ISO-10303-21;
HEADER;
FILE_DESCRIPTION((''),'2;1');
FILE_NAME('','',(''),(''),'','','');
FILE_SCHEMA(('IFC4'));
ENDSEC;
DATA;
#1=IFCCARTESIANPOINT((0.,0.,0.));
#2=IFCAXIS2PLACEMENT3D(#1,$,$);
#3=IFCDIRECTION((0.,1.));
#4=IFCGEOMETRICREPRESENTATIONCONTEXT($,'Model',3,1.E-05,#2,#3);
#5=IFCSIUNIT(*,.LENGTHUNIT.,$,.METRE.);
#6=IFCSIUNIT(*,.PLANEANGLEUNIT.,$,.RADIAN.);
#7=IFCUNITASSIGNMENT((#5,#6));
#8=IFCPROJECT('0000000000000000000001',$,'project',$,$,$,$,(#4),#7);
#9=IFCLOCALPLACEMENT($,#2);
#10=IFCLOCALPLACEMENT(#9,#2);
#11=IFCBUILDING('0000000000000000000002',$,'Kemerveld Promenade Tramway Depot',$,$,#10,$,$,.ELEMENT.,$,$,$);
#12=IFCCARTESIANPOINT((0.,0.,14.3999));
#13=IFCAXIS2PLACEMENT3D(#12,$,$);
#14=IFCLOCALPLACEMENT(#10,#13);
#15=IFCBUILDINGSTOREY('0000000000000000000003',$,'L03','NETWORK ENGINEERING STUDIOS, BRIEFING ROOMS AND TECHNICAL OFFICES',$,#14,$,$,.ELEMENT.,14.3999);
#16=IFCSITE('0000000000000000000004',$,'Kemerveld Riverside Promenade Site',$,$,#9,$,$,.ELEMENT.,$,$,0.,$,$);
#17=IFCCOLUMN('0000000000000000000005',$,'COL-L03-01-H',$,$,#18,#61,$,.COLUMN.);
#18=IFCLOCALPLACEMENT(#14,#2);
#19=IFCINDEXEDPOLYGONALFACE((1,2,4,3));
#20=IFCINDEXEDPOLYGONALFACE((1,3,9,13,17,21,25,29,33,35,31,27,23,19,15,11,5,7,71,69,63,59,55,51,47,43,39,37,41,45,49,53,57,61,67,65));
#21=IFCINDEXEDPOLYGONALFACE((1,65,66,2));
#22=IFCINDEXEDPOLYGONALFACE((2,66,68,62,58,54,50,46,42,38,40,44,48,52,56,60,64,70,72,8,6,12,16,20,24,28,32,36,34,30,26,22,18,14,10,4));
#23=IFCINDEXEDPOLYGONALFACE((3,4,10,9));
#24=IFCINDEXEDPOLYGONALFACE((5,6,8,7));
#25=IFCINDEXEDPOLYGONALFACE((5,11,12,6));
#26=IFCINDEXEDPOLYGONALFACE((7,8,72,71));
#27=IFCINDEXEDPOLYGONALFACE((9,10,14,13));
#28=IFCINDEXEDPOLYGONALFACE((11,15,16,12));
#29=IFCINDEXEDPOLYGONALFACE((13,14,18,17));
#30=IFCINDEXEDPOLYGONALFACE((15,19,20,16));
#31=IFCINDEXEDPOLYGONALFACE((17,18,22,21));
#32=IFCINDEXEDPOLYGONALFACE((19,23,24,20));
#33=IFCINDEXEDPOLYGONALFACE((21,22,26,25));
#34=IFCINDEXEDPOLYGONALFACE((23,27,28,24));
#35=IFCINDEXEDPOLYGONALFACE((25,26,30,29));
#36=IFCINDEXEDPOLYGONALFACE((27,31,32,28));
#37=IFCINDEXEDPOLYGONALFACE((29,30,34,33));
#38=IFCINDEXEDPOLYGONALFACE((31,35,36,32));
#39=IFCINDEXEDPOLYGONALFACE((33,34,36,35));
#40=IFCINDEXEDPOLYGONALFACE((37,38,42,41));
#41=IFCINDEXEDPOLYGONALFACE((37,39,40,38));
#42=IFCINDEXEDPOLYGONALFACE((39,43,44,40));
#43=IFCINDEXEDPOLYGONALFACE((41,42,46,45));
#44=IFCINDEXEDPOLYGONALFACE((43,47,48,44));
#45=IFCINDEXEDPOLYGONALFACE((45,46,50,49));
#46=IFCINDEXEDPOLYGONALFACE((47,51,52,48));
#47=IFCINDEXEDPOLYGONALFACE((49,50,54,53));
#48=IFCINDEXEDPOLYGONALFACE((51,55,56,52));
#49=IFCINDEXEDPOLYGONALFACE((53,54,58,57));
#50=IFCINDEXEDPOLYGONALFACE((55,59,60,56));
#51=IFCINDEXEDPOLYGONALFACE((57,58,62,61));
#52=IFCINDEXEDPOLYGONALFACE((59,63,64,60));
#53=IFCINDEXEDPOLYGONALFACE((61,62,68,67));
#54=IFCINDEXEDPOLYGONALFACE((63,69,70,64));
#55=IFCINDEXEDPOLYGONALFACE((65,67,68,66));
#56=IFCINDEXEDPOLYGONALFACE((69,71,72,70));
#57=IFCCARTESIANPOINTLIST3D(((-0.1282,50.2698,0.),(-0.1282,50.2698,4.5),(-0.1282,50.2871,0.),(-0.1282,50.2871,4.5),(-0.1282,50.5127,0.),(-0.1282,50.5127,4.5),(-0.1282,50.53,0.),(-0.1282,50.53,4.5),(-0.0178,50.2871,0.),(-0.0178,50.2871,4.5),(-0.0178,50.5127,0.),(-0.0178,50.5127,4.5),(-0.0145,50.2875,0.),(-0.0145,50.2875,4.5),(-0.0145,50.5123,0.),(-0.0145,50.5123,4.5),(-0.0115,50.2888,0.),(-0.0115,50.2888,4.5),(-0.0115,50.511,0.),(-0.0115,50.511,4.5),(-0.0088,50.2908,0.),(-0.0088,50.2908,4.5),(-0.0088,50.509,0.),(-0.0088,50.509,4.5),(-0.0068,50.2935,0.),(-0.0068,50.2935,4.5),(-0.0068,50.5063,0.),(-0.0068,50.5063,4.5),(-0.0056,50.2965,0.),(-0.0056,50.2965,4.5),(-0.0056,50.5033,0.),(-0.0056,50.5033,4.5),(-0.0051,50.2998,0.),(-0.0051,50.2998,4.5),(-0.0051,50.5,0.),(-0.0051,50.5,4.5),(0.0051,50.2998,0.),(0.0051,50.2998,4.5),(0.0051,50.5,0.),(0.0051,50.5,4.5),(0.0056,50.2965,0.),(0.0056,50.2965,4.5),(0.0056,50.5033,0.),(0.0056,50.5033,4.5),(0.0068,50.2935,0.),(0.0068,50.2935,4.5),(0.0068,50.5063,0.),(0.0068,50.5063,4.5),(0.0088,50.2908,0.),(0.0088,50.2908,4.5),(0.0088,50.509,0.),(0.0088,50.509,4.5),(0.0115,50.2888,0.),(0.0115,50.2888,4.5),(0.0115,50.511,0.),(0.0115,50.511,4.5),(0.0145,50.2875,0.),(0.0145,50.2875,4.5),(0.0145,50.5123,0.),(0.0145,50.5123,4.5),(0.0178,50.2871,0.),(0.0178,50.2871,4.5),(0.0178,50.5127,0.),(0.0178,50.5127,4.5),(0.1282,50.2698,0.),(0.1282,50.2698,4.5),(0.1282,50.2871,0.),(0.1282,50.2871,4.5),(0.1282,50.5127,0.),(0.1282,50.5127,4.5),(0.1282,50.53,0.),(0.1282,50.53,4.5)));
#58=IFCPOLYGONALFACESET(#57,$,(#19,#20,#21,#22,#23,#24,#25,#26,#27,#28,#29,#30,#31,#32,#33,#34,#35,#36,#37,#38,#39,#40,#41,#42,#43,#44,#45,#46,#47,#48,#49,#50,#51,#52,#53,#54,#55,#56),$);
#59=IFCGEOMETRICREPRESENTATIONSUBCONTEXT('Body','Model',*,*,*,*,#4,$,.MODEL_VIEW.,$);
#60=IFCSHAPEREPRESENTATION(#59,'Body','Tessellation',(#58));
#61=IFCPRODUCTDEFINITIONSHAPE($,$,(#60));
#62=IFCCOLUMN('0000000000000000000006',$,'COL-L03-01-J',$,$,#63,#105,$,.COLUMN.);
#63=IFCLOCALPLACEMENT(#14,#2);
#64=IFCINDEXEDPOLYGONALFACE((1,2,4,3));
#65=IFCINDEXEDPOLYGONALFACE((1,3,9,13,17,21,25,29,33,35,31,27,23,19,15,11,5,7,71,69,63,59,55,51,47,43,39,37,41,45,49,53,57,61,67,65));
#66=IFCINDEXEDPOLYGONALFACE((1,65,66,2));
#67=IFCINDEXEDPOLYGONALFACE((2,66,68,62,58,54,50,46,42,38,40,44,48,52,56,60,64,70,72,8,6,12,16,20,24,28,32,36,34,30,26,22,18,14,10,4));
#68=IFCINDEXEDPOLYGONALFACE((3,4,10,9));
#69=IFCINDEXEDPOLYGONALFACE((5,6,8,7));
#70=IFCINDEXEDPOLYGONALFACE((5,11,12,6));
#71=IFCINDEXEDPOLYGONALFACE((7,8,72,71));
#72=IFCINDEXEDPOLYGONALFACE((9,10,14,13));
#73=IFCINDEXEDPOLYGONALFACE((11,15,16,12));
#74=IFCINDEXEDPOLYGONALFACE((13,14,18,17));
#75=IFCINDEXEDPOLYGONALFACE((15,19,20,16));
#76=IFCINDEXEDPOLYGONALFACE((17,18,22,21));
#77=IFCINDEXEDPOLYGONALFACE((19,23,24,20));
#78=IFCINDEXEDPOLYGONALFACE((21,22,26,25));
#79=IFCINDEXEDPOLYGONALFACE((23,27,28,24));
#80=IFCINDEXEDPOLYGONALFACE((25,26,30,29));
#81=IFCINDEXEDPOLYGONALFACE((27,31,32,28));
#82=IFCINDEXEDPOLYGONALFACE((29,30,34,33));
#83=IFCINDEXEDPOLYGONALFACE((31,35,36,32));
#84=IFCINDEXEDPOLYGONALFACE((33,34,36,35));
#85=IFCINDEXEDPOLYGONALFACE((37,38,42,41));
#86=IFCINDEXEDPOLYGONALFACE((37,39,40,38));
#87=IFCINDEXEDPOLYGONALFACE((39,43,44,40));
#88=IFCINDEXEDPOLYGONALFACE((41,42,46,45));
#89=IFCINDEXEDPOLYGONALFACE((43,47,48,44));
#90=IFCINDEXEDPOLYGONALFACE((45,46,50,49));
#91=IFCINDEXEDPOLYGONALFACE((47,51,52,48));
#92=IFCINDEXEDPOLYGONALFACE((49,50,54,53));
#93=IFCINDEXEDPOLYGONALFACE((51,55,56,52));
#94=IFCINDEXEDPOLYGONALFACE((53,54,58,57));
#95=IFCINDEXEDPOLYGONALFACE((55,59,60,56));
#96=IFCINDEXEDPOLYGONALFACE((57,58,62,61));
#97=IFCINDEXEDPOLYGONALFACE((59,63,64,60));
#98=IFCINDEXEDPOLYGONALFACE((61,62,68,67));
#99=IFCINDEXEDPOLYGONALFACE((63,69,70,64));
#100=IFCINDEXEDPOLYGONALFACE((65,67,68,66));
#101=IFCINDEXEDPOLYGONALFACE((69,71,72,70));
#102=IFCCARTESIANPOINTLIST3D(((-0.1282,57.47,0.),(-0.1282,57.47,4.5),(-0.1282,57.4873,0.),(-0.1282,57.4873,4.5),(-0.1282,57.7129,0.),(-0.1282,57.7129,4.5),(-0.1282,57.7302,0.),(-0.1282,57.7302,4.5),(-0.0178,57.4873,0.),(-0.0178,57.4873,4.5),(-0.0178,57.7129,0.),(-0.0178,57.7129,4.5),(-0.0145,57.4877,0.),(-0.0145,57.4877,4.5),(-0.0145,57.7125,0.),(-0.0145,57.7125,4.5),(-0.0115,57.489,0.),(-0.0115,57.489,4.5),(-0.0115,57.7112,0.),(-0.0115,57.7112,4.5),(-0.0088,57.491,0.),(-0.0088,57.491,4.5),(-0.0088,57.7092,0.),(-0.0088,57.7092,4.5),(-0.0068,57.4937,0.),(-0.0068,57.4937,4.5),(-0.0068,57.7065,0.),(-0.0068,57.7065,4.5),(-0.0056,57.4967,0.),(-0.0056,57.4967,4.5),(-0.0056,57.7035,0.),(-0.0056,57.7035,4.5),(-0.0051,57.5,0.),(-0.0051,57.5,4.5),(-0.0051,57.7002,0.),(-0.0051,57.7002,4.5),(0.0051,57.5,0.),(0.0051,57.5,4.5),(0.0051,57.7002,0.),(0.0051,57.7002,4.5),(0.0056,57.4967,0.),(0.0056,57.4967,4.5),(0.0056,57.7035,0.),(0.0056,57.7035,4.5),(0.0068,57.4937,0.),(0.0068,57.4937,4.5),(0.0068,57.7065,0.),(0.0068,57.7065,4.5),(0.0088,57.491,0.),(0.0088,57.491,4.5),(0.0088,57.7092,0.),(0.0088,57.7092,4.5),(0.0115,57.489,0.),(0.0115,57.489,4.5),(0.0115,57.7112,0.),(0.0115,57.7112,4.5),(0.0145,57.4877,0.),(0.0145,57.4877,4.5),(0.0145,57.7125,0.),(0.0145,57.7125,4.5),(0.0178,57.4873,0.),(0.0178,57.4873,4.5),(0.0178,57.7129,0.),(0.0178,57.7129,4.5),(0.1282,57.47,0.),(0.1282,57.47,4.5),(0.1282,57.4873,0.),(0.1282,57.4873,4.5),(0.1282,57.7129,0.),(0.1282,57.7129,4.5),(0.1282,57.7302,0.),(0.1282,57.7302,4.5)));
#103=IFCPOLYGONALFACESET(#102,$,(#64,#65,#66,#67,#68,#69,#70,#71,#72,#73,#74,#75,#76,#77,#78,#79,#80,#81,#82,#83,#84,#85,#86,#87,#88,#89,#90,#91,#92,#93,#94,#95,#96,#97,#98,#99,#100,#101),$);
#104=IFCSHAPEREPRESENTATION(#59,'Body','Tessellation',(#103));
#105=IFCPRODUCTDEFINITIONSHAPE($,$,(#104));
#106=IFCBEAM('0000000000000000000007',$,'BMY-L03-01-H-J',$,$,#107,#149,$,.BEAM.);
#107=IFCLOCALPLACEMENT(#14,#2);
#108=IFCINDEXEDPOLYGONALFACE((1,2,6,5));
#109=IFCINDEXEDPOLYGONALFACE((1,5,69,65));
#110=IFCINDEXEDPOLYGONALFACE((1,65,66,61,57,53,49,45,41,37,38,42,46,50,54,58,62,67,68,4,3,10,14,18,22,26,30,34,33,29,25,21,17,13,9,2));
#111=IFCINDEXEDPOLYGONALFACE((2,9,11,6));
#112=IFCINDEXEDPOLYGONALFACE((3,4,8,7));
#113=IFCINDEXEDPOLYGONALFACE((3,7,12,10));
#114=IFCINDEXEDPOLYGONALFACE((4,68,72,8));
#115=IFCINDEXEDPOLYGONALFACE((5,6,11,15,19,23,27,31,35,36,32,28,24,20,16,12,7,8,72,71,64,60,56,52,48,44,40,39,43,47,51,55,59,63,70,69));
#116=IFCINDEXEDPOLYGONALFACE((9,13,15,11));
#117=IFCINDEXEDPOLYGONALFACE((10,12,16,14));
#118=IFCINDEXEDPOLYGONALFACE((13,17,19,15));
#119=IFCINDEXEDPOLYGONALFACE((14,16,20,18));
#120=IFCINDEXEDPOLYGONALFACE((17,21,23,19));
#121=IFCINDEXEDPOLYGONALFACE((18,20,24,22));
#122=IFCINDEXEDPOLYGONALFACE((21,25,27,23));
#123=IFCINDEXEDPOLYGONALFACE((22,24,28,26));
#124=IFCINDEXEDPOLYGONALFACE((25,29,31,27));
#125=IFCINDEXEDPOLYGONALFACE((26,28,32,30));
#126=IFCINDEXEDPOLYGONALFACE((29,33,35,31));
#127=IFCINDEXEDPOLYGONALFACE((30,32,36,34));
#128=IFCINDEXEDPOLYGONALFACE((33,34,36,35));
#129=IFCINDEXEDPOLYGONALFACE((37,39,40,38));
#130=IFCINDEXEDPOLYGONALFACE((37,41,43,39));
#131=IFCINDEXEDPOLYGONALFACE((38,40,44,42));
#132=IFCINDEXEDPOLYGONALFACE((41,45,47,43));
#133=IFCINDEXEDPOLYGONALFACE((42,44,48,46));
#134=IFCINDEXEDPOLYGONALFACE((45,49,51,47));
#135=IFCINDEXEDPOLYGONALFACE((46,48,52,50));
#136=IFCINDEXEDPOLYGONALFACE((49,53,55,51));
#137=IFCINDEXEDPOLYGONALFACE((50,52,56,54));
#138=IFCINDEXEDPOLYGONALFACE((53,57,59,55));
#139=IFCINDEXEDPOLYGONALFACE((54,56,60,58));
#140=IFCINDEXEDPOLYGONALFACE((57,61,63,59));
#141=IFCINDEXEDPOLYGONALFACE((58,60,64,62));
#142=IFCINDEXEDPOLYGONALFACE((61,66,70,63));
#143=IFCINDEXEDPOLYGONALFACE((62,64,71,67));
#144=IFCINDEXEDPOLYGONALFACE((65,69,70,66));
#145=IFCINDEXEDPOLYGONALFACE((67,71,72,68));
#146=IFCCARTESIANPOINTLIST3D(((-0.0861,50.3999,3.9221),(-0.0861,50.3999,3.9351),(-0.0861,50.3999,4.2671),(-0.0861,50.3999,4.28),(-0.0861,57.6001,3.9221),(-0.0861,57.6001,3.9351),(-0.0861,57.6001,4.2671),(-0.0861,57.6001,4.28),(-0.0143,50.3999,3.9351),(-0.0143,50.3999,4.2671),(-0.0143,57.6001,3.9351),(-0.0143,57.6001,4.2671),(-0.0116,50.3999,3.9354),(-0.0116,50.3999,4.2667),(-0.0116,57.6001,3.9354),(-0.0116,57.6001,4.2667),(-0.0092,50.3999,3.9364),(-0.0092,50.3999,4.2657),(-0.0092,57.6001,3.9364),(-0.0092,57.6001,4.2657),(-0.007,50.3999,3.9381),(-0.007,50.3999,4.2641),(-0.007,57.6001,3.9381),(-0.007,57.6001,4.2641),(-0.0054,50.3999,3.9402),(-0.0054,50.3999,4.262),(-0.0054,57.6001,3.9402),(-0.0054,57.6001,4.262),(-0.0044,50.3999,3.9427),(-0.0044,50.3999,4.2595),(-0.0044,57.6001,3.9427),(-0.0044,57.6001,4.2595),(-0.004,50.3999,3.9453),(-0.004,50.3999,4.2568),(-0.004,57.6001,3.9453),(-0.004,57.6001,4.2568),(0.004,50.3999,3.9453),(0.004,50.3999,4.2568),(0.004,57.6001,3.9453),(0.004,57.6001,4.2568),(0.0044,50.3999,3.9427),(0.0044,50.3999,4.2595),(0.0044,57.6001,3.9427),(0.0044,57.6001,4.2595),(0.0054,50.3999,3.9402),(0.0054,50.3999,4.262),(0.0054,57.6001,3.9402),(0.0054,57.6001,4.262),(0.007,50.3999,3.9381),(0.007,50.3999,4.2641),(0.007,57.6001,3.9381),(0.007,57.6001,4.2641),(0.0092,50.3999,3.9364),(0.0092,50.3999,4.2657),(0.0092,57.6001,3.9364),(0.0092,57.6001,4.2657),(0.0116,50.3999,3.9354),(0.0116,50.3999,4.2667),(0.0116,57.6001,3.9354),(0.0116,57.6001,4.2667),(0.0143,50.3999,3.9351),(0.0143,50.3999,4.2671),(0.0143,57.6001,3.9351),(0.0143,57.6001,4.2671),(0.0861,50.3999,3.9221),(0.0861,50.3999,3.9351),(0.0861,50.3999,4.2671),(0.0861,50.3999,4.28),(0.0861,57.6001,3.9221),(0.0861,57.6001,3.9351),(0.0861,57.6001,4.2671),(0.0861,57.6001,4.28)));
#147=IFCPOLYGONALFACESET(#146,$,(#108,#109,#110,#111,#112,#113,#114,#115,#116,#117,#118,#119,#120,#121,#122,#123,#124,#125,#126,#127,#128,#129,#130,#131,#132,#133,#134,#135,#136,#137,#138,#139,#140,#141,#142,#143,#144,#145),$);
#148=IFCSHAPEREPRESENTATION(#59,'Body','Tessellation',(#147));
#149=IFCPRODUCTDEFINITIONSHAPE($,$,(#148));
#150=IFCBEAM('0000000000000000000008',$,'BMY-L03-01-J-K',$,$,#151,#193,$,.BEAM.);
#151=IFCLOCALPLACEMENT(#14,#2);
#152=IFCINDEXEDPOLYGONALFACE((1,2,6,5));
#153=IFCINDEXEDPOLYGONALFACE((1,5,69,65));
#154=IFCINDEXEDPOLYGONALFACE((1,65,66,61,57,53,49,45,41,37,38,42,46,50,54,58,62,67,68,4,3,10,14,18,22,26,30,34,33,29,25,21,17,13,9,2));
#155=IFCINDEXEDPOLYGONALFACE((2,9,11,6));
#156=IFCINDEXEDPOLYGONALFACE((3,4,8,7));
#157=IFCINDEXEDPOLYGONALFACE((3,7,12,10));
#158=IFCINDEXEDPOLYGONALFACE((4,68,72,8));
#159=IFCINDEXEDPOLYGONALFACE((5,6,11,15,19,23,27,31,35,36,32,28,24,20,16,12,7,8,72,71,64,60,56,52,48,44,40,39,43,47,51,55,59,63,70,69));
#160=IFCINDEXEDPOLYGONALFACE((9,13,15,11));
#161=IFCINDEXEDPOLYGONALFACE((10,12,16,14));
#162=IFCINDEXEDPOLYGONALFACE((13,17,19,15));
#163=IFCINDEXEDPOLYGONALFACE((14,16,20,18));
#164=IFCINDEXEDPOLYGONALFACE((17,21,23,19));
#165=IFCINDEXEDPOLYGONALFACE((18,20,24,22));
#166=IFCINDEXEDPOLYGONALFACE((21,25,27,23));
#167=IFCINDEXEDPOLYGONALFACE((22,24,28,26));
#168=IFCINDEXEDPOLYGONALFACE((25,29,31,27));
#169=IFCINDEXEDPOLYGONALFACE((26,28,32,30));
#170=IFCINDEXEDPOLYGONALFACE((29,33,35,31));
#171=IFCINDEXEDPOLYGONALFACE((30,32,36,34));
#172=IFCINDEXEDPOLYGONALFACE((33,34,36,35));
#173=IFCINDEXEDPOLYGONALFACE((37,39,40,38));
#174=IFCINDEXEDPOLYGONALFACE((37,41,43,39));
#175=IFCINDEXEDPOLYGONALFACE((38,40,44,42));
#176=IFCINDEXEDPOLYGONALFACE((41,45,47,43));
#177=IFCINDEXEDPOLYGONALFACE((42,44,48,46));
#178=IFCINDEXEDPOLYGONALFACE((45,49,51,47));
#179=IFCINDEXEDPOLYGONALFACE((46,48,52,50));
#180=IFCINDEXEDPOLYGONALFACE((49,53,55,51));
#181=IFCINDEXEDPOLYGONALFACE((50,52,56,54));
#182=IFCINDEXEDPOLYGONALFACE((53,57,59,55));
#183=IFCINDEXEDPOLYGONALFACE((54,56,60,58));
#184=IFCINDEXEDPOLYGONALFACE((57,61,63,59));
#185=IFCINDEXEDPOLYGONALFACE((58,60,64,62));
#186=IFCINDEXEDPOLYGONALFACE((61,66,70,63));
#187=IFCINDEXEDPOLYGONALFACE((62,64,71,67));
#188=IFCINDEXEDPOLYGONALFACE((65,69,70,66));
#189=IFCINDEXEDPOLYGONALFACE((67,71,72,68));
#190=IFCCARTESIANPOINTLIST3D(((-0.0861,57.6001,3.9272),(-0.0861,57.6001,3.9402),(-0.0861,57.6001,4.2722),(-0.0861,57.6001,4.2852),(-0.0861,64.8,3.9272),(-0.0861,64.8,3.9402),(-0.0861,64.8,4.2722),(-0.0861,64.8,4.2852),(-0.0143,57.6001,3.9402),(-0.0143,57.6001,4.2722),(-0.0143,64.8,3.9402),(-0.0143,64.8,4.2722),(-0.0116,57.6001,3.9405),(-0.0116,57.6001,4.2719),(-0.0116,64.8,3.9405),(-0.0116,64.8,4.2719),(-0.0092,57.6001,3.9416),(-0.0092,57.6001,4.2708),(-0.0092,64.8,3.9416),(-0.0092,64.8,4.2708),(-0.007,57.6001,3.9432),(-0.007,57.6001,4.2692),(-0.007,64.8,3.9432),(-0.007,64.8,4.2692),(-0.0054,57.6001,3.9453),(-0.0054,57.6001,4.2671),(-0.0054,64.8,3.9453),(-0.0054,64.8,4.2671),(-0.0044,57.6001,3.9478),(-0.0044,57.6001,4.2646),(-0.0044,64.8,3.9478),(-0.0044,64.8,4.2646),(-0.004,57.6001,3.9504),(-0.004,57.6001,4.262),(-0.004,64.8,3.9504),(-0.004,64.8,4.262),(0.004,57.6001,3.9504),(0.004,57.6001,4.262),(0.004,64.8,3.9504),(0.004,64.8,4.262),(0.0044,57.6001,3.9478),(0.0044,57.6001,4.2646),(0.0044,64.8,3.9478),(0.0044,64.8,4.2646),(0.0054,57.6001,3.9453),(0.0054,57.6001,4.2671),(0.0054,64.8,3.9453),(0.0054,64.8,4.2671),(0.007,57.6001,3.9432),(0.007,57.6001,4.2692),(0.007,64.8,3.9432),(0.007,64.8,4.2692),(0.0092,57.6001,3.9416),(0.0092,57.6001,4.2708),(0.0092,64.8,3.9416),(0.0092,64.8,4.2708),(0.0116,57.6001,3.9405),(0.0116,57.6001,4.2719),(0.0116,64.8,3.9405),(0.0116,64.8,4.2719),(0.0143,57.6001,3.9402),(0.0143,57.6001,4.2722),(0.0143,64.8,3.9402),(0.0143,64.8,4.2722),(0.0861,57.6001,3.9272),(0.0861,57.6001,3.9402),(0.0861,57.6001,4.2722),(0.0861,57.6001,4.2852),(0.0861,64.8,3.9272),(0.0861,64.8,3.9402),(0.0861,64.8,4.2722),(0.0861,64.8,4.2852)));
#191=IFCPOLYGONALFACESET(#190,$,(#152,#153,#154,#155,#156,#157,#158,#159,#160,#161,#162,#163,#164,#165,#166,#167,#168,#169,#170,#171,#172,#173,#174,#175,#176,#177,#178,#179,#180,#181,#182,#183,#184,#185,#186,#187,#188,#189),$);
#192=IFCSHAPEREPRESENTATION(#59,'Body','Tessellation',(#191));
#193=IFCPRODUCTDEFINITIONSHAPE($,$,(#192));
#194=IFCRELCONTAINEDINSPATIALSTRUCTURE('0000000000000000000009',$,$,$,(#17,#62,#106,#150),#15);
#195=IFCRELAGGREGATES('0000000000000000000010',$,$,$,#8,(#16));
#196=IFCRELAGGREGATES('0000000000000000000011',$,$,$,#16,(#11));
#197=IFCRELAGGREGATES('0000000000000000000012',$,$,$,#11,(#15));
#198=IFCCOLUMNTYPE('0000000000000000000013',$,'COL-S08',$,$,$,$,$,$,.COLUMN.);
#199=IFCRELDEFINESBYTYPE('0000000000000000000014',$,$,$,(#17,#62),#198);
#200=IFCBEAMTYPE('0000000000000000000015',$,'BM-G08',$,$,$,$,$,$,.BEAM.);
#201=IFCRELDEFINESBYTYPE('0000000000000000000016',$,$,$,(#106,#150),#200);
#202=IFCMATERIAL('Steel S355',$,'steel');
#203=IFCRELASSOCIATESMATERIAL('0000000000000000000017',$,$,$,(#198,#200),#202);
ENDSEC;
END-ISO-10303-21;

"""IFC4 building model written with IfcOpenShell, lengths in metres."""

from ifc_helpers import new_model, si_unit, direction, frame, origin, origin_2d, place, context, subcontext, project, spatial, i_section, extrude, material, material_profile, profile_set, type_object, element, save


model = new_model("IFC4")

# Units and contexts
model_context = context("Model", 3, precision=1e-05, world=origin(), true_north=direction((0.0, 1.0)))
body_context = subcontext(model_context, "Body", "Model", "MODEL_VIEW")
ifc_project = project(units=[si_unit("LENGTHUNIT", "METRE"), si_unit("PLANEANGLEUNIT", "RADIAN")], contexts=[model_context])

# Site, building, storey
site_placement = place(None, origin())
site = spatial("IfcSite", under=ifc_project, at=site_placement, Name="Kemerveld Riverside Promenade Site", CompositionType="ELEMENT", RefElevation=0.0)
building_placement = place(site_placement, origin())
building = spatial("IfcBuilding", under=site, at=building_placement, Name="Kemerveld Promenade Tramway Depot", CompositionType="ELEMENT")
storey_placement = place(building_placement, frame((0.0, 0.0, 14.3999)))
storey = spatial("IfcBuildingStorey", under=building, at=storey_placement, Name="L03", Description="NETWORK ENGINEERING STUDIOS, BRIEFING ROOMS AND TECHNICAL OFFICES", CompositionType="ELEMENT", Elevation=14.3999)

# Columns
ifc_material_1 = material(Name="Steel S355", Category="steel")
ifc_material_profile_1 = material_profile(ifc_material_1, i_section(OverallWidth=0.2563, OverallDepth=0.2603, WebThickness=0.0103, FlangeThickness=0.0173, FilletRadius=0.0127, at=origin_2d()), Name="254x254x89 UC")
ifc_profile_set_1 = profile_set([ifc_material_profile_1], Name="Steel S355")
column_type = type_object("IfcColumnType", Name="COL-S08", PredefinedType="COLUMN", material=ifc_profile_set_1)
for number, where, z_axis, x_axis, name in (
    (1, (0.0, 50.3999, 0.0), (0.0, 0.0, 1.0), (1.0, 0.0, 0.0), "COL-L03-01-H"),
    (2, (0.0, 57.6001, 0.0), (0.0, 0.0, 1.0), (1.0, 0.0, 0.0), "COL-L03-01-J"),
):
    element("IfcColumn", number, at=place(storey_placement, frame(where, z_axis=z_axis, x_axis=x_axis)), inside=storey, type_object=column_type, Name=name, PredefinedType="COLUMN", context=body_context, shape_type="SweptSolid", body=[
        extrude(i_section(OverallWidth=0.2563, OverallDepth=0.2603, WebThickness=0.0103, FlangeThickness=0.0173, FilletRadius=0.0127, at=origin_2d()), origin(), (0.0, 0.0, 1.0), 4.5),
    ])

# Beams
ifc_material_profile_2 = material_profile(ifc_material_1, i_section(OverallWidth=0.1721, OverallDepth=0.3579, WebThickness=0.0081, FlangeThickness=0.0129, FilletRadius=0.0103, at=origin_2d()), Name="356x171x57 UB")
ifc_profile_set_2 = profile_set([ifc_material_profile_2], Name="Steel S355")
beam_type_1 = type_object("IfcBeamType", Name="BM-G08", PredefinedType="BEAM", material=ifc_profile_set_2)
beam_1_placement = place(storey_placement, frame((0.0, 50.3999, 4.1011), z_axis=(0.0, 1.0, 0.0), x_axis=(-1.0, 0.0, 0.0)))
element("IfcBeam", 3, at=beam_1_placement, inside=storey, type_object=beam_type_1, Name="BMY-L03-01-H-J", PredefinedType="BEAM", context=body_context, shape_type="SweptSolid", body=[
    extrude(i_section(OverallWidth=0.1721, OverallDepth=0.3579, WebThickness=0.0081, FlangeThickness=0.0129, FilletRadius=0.0103, at=origin_2d()), origin(), (0.0, 0.0, 1.0), 7.2002),
])
beam_2_placement = place(storey_placement, frame((0.0, 57.6001, 4.1062), z_axis=(0.0, 1.0, 0.0), x_axis=(-1.0, 0.0, 0.0)))
element("IfcBeam", 4, at=beam_2_placement, inside=storey, type_object=beam_type_1, Name="BMY-L03-01-J-K", PredefinedType="BEAM", context=body_context, shape_type="SweptSolid", body=[
    extrude(i_section(OverallWidth=0.1721, OverallDepth=0.3579, WebThickness=0.0081, FlangeThickness=0.0129, FilletRadius=0.0103, at=origin_2d()), origin(), (0.0, 0.0, 1.0), 7.2),
])

save(model, "model.ifc")
